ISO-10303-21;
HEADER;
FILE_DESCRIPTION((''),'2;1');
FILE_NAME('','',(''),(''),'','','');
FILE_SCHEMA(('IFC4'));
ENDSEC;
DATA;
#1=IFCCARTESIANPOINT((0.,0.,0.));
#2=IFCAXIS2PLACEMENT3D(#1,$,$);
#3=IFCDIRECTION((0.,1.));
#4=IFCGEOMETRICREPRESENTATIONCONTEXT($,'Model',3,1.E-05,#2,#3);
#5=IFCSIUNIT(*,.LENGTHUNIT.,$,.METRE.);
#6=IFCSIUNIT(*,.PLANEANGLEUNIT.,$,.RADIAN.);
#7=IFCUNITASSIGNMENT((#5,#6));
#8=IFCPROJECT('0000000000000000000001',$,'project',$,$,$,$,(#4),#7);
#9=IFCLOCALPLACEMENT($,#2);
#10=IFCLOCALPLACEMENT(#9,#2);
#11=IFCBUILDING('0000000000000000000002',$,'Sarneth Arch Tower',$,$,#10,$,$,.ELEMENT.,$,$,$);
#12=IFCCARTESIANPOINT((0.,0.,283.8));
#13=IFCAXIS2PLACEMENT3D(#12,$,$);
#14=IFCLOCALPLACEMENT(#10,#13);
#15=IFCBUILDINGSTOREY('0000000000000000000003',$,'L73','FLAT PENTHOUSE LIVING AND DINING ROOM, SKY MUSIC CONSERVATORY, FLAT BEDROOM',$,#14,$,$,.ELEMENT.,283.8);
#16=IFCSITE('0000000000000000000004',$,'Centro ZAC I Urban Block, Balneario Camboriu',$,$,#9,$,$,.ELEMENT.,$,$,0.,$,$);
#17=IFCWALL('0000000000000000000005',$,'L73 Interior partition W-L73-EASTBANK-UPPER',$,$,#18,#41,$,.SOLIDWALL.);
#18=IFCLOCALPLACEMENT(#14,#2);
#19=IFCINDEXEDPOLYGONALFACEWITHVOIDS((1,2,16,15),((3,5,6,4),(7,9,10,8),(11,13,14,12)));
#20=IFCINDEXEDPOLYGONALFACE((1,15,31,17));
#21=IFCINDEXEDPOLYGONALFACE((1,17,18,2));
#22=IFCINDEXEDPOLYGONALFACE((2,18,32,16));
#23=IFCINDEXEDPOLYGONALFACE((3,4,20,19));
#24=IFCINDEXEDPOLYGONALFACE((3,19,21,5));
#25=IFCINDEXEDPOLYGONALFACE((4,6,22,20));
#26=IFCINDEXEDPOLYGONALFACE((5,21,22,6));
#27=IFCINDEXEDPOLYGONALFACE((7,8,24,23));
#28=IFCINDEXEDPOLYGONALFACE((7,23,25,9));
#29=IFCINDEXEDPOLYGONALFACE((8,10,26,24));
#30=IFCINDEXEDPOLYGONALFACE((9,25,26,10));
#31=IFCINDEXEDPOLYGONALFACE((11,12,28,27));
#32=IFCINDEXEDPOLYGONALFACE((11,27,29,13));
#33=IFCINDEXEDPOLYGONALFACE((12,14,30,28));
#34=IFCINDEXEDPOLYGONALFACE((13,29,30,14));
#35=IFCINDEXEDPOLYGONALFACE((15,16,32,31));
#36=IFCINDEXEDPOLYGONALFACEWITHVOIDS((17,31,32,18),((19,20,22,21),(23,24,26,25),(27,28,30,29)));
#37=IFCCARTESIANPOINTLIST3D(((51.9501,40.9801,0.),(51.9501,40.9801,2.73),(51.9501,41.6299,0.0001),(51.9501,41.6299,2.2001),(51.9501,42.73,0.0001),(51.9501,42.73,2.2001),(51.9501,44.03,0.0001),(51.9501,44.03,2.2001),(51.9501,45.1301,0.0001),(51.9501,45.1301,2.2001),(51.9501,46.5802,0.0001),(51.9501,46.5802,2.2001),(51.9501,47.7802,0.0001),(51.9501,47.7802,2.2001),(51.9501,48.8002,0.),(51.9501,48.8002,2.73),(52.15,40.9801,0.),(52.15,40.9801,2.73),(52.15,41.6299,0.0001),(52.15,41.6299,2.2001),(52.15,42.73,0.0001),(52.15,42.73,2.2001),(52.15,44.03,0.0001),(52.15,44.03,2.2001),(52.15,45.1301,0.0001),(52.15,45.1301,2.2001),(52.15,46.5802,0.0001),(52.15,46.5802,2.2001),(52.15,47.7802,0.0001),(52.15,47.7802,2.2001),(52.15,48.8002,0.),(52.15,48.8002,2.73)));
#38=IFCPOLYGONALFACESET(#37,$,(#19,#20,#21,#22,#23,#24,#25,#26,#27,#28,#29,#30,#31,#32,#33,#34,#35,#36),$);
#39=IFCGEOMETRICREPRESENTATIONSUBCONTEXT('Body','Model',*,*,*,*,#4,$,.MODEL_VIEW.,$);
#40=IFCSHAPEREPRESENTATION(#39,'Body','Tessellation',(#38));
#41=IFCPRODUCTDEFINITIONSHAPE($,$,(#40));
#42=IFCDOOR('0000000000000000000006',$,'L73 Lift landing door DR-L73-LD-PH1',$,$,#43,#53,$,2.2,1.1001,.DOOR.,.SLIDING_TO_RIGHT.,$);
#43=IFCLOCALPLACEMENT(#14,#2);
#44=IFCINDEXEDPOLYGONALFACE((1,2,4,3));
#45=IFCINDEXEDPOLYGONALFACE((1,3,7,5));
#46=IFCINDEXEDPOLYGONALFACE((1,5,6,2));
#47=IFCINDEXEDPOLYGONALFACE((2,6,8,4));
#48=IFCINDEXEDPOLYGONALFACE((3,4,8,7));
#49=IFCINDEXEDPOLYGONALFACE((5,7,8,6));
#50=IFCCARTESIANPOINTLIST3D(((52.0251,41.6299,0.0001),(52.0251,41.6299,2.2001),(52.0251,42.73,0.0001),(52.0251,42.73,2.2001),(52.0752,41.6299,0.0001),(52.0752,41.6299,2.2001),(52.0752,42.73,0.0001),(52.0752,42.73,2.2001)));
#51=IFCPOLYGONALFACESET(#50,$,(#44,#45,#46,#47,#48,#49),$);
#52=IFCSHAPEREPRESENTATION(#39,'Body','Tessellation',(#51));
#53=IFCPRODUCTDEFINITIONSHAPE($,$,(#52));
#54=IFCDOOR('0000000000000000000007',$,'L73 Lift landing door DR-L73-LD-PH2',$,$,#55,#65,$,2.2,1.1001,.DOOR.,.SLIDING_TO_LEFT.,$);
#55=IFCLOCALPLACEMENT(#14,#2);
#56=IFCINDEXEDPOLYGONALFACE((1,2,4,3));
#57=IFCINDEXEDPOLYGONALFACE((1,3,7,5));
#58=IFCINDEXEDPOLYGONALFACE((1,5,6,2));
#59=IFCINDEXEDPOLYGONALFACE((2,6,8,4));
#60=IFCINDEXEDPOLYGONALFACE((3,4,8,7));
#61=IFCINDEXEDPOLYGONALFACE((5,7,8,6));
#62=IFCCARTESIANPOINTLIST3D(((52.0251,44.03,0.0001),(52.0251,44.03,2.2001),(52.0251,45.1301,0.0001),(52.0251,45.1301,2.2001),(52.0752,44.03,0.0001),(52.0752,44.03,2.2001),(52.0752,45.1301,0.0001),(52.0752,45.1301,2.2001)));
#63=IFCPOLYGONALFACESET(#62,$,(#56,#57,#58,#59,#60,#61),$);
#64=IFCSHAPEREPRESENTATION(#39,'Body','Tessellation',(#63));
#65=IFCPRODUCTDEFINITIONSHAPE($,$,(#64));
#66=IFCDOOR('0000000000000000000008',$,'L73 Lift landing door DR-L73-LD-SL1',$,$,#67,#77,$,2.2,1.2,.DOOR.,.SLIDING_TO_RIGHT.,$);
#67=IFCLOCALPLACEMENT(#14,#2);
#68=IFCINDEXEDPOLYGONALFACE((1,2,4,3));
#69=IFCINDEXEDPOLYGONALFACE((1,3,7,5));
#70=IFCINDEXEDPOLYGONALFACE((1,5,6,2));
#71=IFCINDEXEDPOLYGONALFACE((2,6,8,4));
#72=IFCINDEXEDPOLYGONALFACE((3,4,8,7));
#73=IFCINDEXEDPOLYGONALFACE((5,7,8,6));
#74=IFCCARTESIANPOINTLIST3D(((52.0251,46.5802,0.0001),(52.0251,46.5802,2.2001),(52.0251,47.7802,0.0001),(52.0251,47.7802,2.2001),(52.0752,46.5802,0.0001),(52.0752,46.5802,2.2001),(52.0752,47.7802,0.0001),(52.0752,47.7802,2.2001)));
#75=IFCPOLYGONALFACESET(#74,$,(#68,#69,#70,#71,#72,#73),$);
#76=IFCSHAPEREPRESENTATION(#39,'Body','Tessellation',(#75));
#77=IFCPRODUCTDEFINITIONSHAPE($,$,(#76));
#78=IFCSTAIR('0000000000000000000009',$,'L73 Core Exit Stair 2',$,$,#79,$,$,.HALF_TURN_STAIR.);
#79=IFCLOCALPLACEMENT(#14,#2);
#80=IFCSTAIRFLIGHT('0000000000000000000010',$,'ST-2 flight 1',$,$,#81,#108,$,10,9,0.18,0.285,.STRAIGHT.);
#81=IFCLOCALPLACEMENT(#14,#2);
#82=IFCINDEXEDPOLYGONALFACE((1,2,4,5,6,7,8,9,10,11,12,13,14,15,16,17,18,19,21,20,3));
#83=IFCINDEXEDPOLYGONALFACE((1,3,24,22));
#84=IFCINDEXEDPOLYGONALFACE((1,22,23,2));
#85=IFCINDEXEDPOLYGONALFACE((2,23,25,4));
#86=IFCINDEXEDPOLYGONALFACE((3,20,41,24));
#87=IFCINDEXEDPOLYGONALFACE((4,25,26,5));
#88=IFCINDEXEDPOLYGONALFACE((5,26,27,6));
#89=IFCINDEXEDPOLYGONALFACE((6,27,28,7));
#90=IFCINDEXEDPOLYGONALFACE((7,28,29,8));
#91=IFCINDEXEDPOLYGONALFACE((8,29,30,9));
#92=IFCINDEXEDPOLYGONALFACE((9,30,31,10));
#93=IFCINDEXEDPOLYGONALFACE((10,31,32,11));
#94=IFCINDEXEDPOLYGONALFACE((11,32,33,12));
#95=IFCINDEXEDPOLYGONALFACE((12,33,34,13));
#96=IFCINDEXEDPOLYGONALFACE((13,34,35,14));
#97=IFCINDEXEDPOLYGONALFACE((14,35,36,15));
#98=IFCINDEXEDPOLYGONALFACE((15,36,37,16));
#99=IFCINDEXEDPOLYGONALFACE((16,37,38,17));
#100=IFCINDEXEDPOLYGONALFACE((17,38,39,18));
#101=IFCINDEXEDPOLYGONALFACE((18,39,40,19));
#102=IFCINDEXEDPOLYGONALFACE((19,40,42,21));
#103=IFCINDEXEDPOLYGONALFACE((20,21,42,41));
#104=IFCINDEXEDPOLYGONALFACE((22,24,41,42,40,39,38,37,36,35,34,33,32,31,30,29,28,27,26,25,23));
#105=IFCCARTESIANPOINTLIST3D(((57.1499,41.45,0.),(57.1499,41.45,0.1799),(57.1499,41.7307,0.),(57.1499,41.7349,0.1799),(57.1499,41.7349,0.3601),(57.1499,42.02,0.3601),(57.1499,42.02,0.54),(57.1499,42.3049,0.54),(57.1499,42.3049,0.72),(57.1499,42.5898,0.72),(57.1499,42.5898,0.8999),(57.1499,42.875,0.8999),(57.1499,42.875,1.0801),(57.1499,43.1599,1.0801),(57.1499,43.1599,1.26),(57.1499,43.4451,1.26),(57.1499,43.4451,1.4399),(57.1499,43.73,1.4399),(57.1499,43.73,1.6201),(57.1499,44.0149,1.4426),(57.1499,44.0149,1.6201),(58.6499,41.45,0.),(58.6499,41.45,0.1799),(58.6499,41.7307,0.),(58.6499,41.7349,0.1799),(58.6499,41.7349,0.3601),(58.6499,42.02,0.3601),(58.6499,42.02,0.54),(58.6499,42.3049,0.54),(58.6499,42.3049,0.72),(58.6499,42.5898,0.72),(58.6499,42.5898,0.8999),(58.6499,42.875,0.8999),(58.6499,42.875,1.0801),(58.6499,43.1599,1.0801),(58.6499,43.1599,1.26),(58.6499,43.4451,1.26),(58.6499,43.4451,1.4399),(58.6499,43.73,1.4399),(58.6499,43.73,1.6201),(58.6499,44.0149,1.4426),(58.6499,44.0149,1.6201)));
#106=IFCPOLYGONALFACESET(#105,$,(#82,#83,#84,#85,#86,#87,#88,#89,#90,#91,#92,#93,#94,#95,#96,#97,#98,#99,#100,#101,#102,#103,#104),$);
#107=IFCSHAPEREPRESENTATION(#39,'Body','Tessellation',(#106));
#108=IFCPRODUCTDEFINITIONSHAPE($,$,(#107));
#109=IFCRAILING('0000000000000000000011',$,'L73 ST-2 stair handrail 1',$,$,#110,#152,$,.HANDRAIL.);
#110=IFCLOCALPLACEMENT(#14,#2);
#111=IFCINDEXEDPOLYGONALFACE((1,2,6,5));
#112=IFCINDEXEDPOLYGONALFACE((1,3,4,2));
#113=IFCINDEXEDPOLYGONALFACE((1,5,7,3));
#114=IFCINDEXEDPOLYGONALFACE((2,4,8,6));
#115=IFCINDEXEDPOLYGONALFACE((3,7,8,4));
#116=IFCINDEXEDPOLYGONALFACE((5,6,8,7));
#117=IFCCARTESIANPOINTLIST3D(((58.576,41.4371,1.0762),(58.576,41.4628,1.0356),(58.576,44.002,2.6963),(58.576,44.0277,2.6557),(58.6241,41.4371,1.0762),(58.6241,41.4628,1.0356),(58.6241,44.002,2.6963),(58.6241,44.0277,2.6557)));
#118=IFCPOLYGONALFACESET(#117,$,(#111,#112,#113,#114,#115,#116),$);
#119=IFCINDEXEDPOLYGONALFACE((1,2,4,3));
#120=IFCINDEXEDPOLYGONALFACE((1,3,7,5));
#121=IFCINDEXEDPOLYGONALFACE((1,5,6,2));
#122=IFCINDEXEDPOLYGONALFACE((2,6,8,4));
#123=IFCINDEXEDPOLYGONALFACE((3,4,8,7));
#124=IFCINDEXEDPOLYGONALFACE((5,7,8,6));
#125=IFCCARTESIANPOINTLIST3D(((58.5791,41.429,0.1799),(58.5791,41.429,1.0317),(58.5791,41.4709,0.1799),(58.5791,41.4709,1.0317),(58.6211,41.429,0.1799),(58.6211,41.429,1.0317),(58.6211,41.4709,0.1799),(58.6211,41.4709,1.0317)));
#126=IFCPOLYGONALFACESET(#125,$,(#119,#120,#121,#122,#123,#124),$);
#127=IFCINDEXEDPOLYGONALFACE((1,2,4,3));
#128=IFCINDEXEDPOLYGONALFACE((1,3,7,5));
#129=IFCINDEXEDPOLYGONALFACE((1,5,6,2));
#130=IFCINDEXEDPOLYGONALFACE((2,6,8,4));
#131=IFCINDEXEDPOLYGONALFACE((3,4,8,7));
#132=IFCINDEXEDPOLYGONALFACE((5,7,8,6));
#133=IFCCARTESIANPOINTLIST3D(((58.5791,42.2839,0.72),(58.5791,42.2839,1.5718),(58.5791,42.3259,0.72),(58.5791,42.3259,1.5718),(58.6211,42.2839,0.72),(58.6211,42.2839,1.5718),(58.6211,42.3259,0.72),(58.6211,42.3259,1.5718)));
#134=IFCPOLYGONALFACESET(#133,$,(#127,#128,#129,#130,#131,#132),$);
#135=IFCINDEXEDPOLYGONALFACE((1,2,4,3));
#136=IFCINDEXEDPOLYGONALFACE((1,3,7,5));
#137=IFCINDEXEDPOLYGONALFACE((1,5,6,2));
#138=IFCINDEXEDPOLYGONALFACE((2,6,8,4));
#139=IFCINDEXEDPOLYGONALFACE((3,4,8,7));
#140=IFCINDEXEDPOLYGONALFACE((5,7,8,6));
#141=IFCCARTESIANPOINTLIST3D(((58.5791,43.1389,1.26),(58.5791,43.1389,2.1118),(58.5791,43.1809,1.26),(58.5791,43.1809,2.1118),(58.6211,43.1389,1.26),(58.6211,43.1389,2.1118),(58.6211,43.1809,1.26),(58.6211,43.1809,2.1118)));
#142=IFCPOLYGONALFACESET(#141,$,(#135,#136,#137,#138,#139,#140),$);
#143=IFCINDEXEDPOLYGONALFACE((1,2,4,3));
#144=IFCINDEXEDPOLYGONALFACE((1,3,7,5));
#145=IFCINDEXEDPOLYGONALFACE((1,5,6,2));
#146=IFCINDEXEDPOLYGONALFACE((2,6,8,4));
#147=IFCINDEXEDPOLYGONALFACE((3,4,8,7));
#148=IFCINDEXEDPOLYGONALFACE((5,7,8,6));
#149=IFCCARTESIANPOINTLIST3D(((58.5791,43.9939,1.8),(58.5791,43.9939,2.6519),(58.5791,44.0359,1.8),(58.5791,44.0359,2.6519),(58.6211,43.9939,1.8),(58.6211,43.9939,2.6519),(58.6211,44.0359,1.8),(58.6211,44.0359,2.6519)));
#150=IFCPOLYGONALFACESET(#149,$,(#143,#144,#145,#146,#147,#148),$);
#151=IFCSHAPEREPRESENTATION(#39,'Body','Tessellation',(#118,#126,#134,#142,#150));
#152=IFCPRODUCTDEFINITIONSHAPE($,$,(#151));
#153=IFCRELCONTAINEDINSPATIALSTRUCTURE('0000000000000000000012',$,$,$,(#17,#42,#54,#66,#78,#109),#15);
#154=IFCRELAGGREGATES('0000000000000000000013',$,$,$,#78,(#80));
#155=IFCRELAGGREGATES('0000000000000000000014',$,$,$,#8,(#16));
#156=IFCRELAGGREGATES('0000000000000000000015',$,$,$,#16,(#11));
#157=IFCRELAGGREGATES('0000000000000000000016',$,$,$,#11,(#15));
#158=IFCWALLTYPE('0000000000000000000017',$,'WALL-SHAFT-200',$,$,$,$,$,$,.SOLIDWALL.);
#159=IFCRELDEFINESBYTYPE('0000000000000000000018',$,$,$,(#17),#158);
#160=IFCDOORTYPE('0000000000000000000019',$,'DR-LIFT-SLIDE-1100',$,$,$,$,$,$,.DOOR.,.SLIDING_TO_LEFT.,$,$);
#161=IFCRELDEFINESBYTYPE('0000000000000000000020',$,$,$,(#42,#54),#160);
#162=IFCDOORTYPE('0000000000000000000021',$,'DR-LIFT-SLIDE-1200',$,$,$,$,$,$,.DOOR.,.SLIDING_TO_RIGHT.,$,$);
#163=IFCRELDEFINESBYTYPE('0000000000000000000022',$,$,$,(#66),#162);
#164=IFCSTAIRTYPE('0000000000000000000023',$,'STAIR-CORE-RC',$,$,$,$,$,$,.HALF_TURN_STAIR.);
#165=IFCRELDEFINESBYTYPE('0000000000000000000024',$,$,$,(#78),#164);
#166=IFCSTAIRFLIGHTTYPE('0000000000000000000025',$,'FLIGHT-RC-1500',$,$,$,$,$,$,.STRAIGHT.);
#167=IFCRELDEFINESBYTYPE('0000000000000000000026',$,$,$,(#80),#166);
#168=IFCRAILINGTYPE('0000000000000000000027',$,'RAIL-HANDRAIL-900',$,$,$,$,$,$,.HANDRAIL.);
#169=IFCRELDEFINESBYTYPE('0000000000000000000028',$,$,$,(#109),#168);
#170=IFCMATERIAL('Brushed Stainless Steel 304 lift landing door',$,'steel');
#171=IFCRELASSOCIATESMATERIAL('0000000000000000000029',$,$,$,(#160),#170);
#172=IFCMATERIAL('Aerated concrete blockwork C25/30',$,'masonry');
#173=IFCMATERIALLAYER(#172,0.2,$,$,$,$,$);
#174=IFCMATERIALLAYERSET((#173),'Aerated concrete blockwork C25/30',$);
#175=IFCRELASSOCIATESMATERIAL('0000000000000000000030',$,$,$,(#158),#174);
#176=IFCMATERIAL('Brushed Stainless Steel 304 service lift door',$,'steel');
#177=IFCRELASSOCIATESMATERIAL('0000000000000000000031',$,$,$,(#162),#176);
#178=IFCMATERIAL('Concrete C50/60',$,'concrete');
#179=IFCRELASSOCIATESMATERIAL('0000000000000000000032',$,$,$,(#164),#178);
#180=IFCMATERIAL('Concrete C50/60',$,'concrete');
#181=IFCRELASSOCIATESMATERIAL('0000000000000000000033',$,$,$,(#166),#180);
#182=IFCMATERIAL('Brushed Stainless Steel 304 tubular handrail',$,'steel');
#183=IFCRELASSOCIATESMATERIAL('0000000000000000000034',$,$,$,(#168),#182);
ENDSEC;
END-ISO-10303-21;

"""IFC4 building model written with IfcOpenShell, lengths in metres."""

from ifc_helpers import new_model, si_unit, direction, frame, frame_2d, origin, origin_2d, place, context, subcontext, project, spatial, polyline, rectangle, outline, extrude, material, layer, layer_set, type_object, element, fill, aggregate, save


model = new_model("IFC4")

# Units and contexts
model_context = context("Model", 3, precision=1e-05, world=origin(), true_north=direction((0.0, 1.0)))
body_context = subcontext(model_context, "Body", "Model", "MODEL_VIEW")
ifc_project = project(units=[si_unit("LENGTHUNIT", "METRE"), si_unit("PLANEANGLEUNIT", "RADIAN")], contexts=[model_context])

# Site, building, storey
site_placement = place(None, origin())
site = spatial("IfcSite", under=ifc_project, at=site_placement, Name="Centro ZAC I Urban Block, Balneario Camboriu", CompositionType="ELEMENT", RefElevation=0.0)
building_placement = place(site_placement, origin())
building = spatial("IfcBuilding", under=site, at=building_placement, Name="Sarneth Arch Tower", CompositionType="ELEMENT")
storey_placement = place(building_placement, frame((0.0, 0.0, 283.8)))
storey = spatial("IfcBuildingStorey", under=building, at=storey_placement, Name="L73", Description="FLAT PENTHOUSE LIVING AND DINING ROOM, SKY MUSIC CONSERVATORY, FLAT BEDROOM", CompositionType="ELEMENT", Elevation=283.8)

# Shared definitions
ifc_material_1 = material(Name="Brushed Stainless Steel 304 lift landing door", Category="steel")
door_type_1 = type_object("IfcDoorType", Name="DR-LIFT-SLIDE-1100", OperationType="SLIDING_TO_LEFT", PredefinedType="DOOR", material=ifc_material_1)

# Shared definitions
ifc_material_2 = material(Name="Aerated concrete blockwork C25/30", Category="masonry")
ifc_layer_1 = layer(ifc_material_2, 0.2)
ifc_layer_set_1 = layer_set([ifc_layer_1], Name="Aerated concrete blockwork C25/30")
wall_type_1 = type_object("IfcWallType", Name="WALL-SHAFT-200", PredefinedType="SOLIDWALL", material=ifc_layer_set_1)

# Wall, openings, doors
wall_1_placement = place(storey_placement, frame((52.05, 40.98, 0.0), z_axis=(0.0, 0.0, 1.0), x_axis=(0.0, 1.0, 0.0)))
wall_1 = element("IfcWall", 1, at=wall_1_placement, inside=storey, type_object=wall_type_1, Name="L73 Interior partition W-L73-EASTBANK-UPPER", PredefinedType="SOLIDWALL", context=body_context, shape_type="SweptSolid", body=[
    extrude(rectangle(XDim=7.8201, YDim=0.2, at=frame_2d((3.9102, 0.0))), origin(), (0.0, 0.0, 1.0), 2.73),
])
opening_1_placement = place(wall_1_placement, frame((0.6499, 0.0, 0.0)))
opening_1 = element("IfcOpeningElement", 2, at=opening_1_placement, cuts=wall_1, PredefinedType="OPENING", context=body_context, shape_type="SweptSolid", body=[
    extrude(rectangle(XDim=1.1001, YDim=2.2, at=frame_2d((0.55, 1.1001))), frame((0.0, 0.1099, 0.0), z_axis=(0.0, -1.0, 0.0), x_axis=(1.0, 0.0, 0.0)), (0.0, 0.0, 1.0), 0.22),
])
opening_2_placement = place(wall_1_placement, frame((3.05, 0.0, 0.0)))
opening_2 = element("IfcOpeningElement", 3, at=opening_2_placement, cuts=wall_1, PredefinedType="OPENING", context=body_context, shape_type="SweptSolid", body=[
    extrude(rectangle(XDim=1.1001, YDim=2.2, at=frame_2d((0.55, 1.1001))), frame((0.0, 0.1099, 0.0), z_axis=(0.0, -1.0, 0.0), x_axis=(1.0, 0.0, 0.0)), (0.0, 0.0, 1.0), 0.22),
])
opening_3_placement = place(wall_1_placement, frame((5.6001, 0.0, 0.0)))
opening_3 = element("IfcOpeningElement", 4, at=opening_3_placement, cuts=wall_1, PredefinedType="OPENING", context=body_context, shape_type="SweptSolid", body=[
    extrude(rectangle(XDim=1.2, YDim=2.2, at=frame_2d((0.6001, 1.1001))), frame((0.0, 0.1099, 0.0), z_axis=(0.0, -1.0, 0.0), x_axis=(1.0, 0.0, 0.0)), (0.0, 0.0, 1.0), 0.22),
])
door_1_placement = place(opening_1_placement, origin())
door_1 = element("IfcDoor", 5, at=door_1_placement, inside=storey, type_object=door_type_1, Name="L73 Lift landing door DR-L73-LD-PH1", OperationType="SLIDING_TO_RIGHT", OverallHeight=2.2, OverallWidth=1.1001, PredefinedType="DOOR", context=body_context, shape_type="SweptSolid", body=[
    extrude(rectangle(XDim=1.1001, YDim=2.2, at=frame_2d((0.55, 1.1001))), frame((0.0, 0.0249, 0.0), z_axis=(0.0, -1.0, 0.0), x_axis=(1.0, 0.0, 0.0)), (0.0, 0.0, 1.0), 0.05),
])
fill(opening_1, door_1)
door_2_placement = place(opening_2_placement, origin())
door_2 = element("IfcDoor", 6, at=door_2_placement, inside=storey, type_object=door_type_1, Name="L73 Lift landing door DR-L73-LD-PH2", OperationType="SLIDING_TO_LEFT", OverallHeight=2.2, OverallWidth=1.1001, PredefinedType="DOOR", context=body_context, shape_type="SweptSolid", body=[
    extrude(rectangle(XDim=1.1001, YDim=2.2, at=frame_2d((0.55, 1.1001))), frame((0.0, 0.0249, 0.0), z_axis=(0.0, -1.0, 0.0), x_axis=(1.0, 0.0, 0.0)), (0.0, 0.0, 1.0), 0.05),
])
fill(opening_2, door_2)
ifc_material_3 = material(Name="Brushed Stainless Steel 304 service lift door", Category="steel")
door_type_2 = type_object("IfcDoorType", Name="DR-LIFT-SLIDE-1200", OperationType="SLIDING_TO_RIGHT", PredefinedType="DOOR", material=ifc_material_3)
door_3_placement = place(opening_3_placement, origin())
door_3 = element("IfcDoor", 7, at=door_3_placement, inside=storey, type_object=door_type_2, Name="L73 Lift landing door DR-L73-LD-SL1", OperationType="SLIDING_TO_RIGHT", OverallHeight=2.2, OverallWidth=1.2, PredefinedType="DOOR", context=body_context, shape_type="SweptSolid", body=[
    extrude(rectangle(XDim=1.2, YDim=2.2, at=frame_2d((0.6001, 1.1001))), frame((0.0, 0.0249, 0.0), z_axis=(0.0, -1.0, 0.0), x_axis=(1.0, 0.0, 0.0)), (0.0, 0.0, 1.0), 0.05),
])
fill(opening_3, door_3)

# Stair, stair flight
ifc_material_4 = material(Name="Concrete C50/60", Category="concrete")
stair_type = type_object("IfcStairType", Name="STAIR-CORE-RC", PredefinedType="HALF_TURN_STAIR", material=ifc_material_4)
stair_placement = place(storey_placement, origin())
stair = element("IfcStair", 8, at=stair_placement, inside=storey, type_object=stair_type, Name="L73 Core Exit Stair 2", PredefinedType="HALF_TURN_STAIR")
ifc_material_5 = material(Name="Concrete C50/60", Category="concrete")
stair_flight_type = type_object("IfcStairFlightType", Name="FLIGHT-RC-1500", PredefinedType="STRAIGHT", material=ifc_material_5)
stair_flight_placement = place(storey_placement, frame((57.8999, 41.45, 0.0), z_axis=(0.0, 0.0, 1.0), x_axis=(0.0, 1.0, 0.0)))
stair_flight = element("IfcStairFlight", 9, at=stair_flight_placement, type_object=stair_flight_type, Name="ST-2 flight 1", NumberOfRisers=10, NumberOfTreads=9, PredefinedType="STRAIGHT", RiserHeight=0.18, TreadLength=0.285, context=body_context, shape_type="SweptSolid", body=[
    extrude(outline(polyline([(0.0, 0.0), (0.0, 0.1799), (0.2849, 0.1799), (0.2849, 0.3601), (0.5701, 0.3601), (0.5701, 0.54), (0.855, 0.54), (0.855, 0.72), (1.1399, 0.72), (1.1399, 0.8999), (1.425, 0.8999), (1.425, 1.0801), (1.71, 1.0801), (1.71, 1.26), (1.9951, 1.26), (1.9951, 1.4399), (2.28, 1.4399), (2.28, 1.6201), (2.5649, 1.6201), (2.5649, 1.8), (2.5649, 1.4426), (0.2808, 0.0), (0.0, 0.0)])), frame((0.0, 0.75, 0.0), z_axis=(0.0, -1.0, 0.0), x_axis=(1.0, 0.0, 0.0)), (0.0, 0.0, 1.0), 1.5),
])
aggregate(stair, [stair_flight])

# Railing
ifc_material_6 = material(Name="Brushed Stainless Steel 304 tubular handrail", Category="steel")
railing_type_1 = type_object("IfcRailingType", Name="RAIL-HANDRAIL-900", PredefinedType="HANDRAIL", material=ifc_material_6)
railing_1_placement = place(storey_placement, frame((58.6001, 41.45, 0.1799)))
element("IfcRailing", 10, at=railing_1_placement, inside=storey, type_object=railing_type_1, Name="L73 ST-2 stair handrail 1", PredefinedType="HANDRAIL", context=body_context, shape_type="SweptSolid", body=[
    extrude(rectangle(XDim=0.0481, YDim=0.0481, at=origin_2d()), frame((0.0, 0.0, 0.876), z_axis=(0.0, 0.845466, 0.534029), x_axis=(-1.0, 0.0, 0.0)), (0.0, 0.0, 1.0), 3.0337),
    extrude(rectangle(XDim=0.042, YDim=0.042, at=origin_2d()), origin(), (0.0, 0.0, 1.0), 0.8518),
    extrude(rectangle(XDim=0.042, YDim=0.042, at=origin_2d()), frame((0.0, 0.855, 0.54)), (0.0, 0.0, 1.0), 0.8518),
    extrude(rectangle(XDim=0.042, YDim=0.042, at=origin_2d()), frame((0.0, 1.71, 1.0801)), (0.0, 0.0, 1.0), 0.8518),
    extrude(rectangle(XDim=0.042, YDim=0.042, at=origin_2d()), frame((0.0, 2.5649, 1.6201)), (0.0, 0.0, 1.0), 0.8518),
])

save(model, "model.ifc")
